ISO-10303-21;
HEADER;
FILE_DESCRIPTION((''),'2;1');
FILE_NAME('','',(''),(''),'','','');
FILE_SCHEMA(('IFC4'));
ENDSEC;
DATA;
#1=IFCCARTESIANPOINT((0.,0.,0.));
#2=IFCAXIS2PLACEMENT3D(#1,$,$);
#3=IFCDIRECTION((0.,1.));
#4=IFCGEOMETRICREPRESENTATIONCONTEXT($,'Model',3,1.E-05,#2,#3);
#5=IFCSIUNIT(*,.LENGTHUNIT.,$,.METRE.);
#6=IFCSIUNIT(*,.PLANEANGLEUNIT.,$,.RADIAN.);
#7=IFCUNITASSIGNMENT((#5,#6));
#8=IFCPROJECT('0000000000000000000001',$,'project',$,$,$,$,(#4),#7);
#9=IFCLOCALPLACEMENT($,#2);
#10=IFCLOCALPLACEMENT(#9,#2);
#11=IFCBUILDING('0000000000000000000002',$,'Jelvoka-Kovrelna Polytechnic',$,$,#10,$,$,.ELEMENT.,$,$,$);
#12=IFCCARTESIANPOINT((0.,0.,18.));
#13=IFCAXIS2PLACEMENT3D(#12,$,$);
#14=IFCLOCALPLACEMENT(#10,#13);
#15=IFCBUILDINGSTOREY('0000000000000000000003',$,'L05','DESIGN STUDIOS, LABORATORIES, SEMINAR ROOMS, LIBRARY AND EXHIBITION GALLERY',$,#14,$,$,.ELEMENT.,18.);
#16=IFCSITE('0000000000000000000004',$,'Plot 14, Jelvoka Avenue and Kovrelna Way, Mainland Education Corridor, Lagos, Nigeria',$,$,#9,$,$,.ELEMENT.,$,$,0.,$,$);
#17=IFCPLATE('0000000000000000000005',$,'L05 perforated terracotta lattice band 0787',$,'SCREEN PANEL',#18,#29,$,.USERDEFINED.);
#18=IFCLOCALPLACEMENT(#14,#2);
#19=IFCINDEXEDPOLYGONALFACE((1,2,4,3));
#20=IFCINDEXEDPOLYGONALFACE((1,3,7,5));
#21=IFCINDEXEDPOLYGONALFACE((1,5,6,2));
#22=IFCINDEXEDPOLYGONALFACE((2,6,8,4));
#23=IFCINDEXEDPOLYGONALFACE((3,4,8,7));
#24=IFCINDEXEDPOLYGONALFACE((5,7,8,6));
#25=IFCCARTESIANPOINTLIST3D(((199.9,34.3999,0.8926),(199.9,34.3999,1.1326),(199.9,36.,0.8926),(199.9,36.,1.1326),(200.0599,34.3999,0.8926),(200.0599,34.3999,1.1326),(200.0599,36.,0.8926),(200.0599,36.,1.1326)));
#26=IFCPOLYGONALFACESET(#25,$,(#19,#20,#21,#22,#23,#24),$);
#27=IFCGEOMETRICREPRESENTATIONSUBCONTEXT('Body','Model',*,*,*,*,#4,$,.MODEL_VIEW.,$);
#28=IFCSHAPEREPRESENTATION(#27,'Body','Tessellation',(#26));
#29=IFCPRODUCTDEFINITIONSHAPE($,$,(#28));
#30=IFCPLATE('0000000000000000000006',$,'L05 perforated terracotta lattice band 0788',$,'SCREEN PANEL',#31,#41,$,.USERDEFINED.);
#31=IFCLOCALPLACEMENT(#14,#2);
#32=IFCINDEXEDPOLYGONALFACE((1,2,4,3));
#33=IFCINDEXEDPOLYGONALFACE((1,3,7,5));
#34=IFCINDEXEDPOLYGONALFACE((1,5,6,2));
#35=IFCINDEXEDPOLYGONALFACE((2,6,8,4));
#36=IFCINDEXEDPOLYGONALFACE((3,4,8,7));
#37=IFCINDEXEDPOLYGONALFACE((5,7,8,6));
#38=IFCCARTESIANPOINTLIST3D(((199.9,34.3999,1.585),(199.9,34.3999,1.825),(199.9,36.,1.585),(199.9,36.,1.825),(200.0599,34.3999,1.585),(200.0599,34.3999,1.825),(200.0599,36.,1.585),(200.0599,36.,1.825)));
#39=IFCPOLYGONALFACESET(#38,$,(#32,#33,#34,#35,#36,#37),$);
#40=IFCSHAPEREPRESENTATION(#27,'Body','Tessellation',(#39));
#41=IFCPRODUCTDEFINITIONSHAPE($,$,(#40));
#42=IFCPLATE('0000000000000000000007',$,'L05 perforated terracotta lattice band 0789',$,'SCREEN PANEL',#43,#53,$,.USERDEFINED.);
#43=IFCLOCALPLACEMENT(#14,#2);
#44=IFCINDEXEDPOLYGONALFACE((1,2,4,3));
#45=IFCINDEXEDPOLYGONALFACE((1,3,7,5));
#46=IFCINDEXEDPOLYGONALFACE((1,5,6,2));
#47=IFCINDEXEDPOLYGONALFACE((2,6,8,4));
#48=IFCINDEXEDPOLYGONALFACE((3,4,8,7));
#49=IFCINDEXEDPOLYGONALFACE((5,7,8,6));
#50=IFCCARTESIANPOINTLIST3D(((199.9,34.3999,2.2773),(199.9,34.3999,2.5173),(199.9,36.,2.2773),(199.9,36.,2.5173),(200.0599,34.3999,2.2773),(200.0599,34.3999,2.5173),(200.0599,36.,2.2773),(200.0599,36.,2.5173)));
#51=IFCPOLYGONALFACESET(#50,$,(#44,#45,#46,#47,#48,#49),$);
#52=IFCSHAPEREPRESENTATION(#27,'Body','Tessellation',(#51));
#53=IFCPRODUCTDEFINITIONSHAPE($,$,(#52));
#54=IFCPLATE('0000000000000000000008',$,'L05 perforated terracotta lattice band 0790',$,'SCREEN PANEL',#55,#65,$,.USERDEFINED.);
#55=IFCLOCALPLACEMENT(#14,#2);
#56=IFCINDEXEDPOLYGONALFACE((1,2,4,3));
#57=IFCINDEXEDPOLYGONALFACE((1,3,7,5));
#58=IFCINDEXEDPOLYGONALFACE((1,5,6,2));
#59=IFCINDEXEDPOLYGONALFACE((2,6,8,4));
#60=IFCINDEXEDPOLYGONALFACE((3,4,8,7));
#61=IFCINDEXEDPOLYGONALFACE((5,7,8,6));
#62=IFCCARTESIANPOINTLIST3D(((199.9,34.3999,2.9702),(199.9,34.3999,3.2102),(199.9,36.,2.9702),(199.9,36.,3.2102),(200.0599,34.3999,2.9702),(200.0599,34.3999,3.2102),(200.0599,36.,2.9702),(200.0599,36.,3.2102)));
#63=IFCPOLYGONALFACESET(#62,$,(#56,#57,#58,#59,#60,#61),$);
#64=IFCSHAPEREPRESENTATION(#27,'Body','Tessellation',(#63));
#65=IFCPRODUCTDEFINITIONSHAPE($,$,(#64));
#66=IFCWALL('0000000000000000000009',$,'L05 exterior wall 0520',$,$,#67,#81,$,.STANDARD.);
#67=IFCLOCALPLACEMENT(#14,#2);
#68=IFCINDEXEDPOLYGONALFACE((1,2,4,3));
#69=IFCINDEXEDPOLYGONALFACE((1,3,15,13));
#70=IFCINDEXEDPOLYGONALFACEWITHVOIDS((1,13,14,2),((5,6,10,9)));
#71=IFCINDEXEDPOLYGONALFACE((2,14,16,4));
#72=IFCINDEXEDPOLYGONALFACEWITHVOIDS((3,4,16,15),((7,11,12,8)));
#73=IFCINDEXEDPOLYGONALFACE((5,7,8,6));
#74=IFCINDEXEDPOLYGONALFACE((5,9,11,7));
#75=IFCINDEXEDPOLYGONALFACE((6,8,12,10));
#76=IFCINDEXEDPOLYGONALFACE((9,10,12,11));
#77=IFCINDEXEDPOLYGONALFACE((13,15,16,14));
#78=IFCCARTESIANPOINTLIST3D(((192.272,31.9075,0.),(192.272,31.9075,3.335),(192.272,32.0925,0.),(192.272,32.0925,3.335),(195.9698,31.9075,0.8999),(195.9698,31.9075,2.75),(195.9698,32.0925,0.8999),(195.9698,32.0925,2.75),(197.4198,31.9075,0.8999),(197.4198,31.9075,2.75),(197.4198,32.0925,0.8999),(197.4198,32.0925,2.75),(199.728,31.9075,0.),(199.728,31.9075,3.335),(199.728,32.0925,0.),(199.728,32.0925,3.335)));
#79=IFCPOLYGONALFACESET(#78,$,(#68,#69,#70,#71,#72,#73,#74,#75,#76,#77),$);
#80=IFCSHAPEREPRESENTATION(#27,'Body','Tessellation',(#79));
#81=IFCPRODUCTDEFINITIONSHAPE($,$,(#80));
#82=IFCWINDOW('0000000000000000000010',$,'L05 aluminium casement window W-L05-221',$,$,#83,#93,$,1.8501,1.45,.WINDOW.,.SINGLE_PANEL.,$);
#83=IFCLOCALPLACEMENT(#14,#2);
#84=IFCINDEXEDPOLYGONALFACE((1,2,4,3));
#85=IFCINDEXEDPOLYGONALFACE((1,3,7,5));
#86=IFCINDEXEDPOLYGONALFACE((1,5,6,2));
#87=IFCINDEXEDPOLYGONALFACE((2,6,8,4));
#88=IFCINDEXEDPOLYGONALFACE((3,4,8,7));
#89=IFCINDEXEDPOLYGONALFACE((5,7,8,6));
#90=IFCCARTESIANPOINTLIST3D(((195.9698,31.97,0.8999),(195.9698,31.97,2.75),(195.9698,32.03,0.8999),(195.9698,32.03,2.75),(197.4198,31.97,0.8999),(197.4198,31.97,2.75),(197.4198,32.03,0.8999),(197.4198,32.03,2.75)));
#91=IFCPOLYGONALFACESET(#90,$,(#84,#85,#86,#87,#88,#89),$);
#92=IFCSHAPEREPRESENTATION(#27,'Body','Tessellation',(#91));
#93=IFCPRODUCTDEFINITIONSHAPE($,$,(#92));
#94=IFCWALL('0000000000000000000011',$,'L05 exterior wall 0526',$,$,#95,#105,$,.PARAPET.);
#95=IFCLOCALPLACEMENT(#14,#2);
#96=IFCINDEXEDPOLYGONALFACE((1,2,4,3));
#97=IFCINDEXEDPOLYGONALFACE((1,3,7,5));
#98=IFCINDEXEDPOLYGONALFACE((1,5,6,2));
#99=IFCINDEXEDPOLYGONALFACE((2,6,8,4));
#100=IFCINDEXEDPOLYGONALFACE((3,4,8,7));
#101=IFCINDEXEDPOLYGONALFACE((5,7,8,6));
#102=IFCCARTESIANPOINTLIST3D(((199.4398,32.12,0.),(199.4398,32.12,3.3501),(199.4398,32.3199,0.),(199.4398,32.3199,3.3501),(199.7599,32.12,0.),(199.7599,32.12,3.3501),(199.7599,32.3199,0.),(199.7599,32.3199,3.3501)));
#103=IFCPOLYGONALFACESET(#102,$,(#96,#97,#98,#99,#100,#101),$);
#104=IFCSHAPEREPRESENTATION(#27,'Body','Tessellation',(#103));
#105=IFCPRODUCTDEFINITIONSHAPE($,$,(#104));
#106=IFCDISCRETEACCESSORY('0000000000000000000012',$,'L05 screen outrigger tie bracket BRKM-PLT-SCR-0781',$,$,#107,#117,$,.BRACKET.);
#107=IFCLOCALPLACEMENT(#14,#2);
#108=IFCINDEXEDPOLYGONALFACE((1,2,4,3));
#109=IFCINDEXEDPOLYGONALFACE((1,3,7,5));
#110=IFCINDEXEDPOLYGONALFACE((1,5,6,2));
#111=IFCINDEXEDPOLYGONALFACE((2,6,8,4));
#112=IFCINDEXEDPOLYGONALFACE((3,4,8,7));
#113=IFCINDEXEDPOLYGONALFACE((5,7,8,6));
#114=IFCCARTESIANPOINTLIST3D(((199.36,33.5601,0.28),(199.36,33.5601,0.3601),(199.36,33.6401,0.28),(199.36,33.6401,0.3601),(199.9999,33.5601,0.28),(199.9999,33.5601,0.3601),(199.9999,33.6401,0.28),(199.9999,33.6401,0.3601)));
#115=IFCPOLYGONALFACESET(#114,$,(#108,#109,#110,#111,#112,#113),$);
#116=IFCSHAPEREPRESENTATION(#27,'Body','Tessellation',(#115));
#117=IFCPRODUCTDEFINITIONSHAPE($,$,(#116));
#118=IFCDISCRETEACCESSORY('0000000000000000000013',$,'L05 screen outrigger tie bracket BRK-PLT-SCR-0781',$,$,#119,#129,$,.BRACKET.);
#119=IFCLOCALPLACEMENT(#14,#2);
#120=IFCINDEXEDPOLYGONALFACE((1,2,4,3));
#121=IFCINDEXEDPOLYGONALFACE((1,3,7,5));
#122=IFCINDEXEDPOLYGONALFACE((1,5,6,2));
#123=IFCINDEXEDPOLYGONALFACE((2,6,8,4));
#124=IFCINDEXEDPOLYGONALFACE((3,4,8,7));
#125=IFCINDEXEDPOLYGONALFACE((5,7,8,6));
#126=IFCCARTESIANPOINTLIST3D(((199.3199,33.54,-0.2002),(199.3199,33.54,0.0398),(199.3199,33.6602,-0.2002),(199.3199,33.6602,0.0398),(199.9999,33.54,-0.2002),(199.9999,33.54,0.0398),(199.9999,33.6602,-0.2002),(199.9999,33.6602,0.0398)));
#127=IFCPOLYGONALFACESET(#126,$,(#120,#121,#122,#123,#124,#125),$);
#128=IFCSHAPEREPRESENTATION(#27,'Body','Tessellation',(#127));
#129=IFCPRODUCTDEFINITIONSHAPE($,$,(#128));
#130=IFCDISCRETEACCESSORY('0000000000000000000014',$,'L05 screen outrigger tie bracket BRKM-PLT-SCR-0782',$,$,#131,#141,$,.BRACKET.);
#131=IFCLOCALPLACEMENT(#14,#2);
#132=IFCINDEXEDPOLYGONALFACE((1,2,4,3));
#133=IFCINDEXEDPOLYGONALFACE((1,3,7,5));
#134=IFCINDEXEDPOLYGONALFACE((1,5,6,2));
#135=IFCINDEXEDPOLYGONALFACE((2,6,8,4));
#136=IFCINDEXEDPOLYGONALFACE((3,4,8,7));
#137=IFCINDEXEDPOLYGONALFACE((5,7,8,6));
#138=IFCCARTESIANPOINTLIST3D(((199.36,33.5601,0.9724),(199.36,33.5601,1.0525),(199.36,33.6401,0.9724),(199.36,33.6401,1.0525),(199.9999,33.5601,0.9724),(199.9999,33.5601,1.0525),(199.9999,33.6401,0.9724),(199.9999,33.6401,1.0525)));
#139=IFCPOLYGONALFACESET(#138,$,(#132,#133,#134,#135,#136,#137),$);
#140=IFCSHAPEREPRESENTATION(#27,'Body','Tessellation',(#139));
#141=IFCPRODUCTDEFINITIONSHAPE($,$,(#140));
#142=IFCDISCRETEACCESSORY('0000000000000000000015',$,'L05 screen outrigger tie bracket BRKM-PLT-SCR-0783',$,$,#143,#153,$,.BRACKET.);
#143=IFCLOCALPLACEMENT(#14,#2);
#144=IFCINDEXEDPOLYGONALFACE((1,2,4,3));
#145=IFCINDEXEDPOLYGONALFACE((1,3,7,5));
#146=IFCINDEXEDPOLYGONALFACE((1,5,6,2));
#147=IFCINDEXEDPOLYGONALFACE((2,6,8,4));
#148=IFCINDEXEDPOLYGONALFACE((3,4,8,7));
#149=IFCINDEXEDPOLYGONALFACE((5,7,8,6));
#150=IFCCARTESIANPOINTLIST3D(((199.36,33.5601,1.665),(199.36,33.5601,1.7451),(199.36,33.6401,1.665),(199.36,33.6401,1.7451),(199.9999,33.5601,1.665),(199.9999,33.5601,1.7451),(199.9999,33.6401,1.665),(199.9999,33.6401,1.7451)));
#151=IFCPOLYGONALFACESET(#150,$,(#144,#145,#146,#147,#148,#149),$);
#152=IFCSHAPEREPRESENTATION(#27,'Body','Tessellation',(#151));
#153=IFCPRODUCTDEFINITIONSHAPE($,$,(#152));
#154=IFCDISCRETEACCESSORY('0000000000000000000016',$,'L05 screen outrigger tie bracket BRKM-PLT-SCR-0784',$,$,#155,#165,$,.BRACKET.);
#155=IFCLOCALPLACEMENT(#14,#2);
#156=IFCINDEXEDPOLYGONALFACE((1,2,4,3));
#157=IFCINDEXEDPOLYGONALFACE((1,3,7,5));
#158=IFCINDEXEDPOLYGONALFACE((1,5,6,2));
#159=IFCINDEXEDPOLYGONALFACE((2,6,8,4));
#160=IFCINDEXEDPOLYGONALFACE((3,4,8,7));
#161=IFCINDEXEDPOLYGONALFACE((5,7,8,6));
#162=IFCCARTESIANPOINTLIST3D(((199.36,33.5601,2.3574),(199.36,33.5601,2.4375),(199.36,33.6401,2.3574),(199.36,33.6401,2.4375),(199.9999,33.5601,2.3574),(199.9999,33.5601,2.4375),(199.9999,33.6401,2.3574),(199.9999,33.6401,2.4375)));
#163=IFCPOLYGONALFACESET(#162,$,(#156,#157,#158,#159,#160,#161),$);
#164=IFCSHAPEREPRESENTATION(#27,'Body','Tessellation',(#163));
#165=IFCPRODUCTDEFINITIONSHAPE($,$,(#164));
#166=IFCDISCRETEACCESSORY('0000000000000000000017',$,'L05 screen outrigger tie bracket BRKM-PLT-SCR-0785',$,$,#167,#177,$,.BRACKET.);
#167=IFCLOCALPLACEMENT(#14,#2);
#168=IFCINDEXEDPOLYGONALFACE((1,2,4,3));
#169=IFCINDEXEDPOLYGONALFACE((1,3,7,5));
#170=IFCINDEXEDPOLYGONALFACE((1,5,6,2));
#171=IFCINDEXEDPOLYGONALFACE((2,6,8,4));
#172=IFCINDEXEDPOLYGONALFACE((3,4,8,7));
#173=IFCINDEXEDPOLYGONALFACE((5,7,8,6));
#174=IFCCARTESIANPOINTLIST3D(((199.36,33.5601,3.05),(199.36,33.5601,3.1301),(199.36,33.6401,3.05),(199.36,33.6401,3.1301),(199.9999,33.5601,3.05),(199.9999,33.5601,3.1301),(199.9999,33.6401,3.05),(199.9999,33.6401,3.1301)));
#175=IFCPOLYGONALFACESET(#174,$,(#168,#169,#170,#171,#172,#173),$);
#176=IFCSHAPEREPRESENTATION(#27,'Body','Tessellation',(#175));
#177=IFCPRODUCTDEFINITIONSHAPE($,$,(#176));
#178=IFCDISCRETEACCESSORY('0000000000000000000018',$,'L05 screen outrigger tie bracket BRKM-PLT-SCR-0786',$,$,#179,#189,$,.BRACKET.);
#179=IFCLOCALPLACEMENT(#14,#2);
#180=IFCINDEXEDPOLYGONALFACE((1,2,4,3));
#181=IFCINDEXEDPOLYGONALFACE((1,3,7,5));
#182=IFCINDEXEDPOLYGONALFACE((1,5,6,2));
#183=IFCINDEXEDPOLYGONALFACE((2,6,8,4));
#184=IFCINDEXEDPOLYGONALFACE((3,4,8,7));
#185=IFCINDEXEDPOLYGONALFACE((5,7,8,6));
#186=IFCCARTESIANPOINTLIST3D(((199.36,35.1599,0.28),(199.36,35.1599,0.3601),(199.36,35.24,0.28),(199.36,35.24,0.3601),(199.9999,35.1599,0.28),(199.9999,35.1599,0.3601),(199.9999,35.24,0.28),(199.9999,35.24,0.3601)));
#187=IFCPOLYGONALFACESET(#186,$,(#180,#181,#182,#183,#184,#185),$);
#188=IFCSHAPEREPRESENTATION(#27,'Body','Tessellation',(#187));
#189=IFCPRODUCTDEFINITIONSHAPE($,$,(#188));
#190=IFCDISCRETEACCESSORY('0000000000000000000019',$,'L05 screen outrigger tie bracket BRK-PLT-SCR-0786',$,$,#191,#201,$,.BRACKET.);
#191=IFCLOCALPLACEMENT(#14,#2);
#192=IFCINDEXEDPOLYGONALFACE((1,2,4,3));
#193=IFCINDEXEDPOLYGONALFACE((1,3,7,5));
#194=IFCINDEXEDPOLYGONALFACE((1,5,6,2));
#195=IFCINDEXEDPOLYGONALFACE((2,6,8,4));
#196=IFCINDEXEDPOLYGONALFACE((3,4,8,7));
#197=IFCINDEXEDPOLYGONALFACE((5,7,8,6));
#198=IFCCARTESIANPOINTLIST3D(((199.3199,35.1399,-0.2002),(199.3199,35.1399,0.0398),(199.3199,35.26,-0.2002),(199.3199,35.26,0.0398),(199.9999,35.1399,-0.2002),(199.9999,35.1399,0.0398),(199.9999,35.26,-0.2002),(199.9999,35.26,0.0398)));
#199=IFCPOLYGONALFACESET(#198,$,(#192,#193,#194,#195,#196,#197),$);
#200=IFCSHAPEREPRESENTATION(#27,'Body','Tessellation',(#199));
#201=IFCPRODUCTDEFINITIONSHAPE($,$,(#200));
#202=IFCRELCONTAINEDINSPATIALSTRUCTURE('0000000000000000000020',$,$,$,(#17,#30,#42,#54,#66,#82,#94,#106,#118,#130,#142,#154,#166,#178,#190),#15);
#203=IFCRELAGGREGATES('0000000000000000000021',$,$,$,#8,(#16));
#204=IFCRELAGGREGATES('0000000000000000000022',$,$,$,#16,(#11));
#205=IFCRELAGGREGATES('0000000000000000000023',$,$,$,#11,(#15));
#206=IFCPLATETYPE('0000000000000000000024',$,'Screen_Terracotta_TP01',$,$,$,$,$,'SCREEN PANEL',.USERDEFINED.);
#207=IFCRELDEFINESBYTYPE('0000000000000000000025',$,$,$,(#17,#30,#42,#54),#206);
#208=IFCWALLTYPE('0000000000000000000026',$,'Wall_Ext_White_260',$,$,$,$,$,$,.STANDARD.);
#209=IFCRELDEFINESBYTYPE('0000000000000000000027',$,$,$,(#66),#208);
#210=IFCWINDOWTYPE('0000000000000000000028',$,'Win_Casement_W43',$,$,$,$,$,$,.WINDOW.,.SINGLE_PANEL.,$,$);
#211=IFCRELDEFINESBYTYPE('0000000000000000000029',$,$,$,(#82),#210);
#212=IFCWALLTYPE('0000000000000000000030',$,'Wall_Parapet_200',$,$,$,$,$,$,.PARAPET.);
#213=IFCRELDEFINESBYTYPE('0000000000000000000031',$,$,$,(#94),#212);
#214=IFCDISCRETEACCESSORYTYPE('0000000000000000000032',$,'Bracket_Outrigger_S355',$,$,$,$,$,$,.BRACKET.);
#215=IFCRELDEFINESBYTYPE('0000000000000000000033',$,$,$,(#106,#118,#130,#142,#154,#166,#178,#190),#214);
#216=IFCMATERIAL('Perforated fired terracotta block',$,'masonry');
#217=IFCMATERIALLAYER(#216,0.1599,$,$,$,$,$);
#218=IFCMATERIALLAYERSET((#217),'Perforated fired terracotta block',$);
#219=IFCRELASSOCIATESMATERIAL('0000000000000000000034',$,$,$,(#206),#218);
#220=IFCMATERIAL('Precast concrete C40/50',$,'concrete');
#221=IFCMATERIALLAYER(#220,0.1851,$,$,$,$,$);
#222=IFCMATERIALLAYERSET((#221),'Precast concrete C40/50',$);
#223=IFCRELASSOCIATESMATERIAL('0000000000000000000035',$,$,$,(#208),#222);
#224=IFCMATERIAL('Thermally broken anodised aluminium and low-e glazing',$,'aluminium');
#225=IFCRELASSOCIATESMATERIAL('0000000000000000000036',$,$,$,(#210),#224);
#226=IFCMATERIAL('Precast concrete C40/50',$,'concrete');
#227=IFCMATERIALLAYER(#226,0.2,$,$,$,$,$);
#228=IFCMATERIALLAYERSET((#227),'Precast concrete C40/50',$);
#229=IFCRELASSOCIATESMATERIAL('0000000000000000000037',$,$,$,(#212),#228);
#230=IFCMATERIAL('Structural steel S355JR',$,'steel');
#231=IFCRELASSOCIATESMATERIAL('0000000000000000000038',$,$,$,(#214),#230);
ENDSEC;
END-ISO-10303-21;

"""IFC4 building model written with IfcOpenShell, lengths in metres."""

from ifc_helpers import new_model, si_unit, direction, frame, frame_2d, origin, origin_2d, place, context, subcontext, project, spatial, rectangle, extrude, material, layer, layer_set, type_object, element, fill, save


model = new_model("IFC4")

# Units and contexts
model_context = context("Model", 3, precision=1e-05, world=origin(), true_north=direction((0.0, 1.0)))
body_context = subcontext(model_context, "Body", "Model", "MODEL_VIEW")
ifc_project = project(units=[si_unit("LENGTHUNIT", "METRE"), si_unit("PLANEANGLEUNIT", "RADIAN")], contexts=[model_context])

# Site, building, storey
site_placement = place(None, origin())
site = spatial("IfcSite", under=ifc_project, at=site_placement, Name="Plot 14, Jelvoka Avenue and Kovrelna Way, Mainland Education Corridor, Lagos, Nigeria", CompositionType="ELEMENT", RefElevation=0.0)
building_placement = place(site_placement, origin())
building = spatial("IfcBuilding", under=site, at=building_placement, Name="Jelvoka-Kovrelna Polytechnic", CompositionType="ELEMENT")
storey_placement = place(building_placement, frame((0.0, 0.0, 18.0)))
storey = spatial("IfcBuildingStorey", under=building, at=storey_placement, Name="L05", Description="DESIGN STUDIOS, LABORATORIES, SEMINAR ROOMS, LIBRARY AND EXHIBITION GALLERY", CompositionType="ELEMENT", Elevation=18.0)

# Plates
ifc_material_1 = material(Name="Perforated fired terracotta block", Category="masonry")
ifc_layer_1 = layer(ifc_material_1, 0.1599)
ifc_layer_set_1 = layer_set([ifc_layer_1], Name="Perforated fired terracotta block")
plate_type = type_object("IfcPlateType", Name="Screen_Terracotta_TP01", ElementType="SCREEN PANEL", PredefinedType="USERDEFINED", material=ifc_layer_set_1)
for number, where, z_axis, x_axis, name in (
    (1, (199.98, 35.2, 0.8926), (0.0, 0.0, 1.0), (0.0, 1.0, 0.0), "L05 perforated terracotta lattice band 0787"),
    (2, (199.98, 35.2, 1.585), (0.0, 0.0, 1.0), (0.0, 1.0, 0.0), "L05 perforated terracotta lattice band 0788"),
    (3, (199.98, 35.2, 2.2773), (0.0, 0.0, 1.0), (0.0, 1.0, 0.0), "L05 perforated terracotta lattice band 0789"),
    (4, (199.98, 35.2, 2.9702), (0.0, 0.0, 1.0), (0.0, 1.0, 0.0), "L05 perforated terracotta lattice band 0790"),
):
    element("IfcPlate", number, at=place(storey_placement, frame(where, z_axis=z_axis, x_axis=x_axis)), inside=storey, type_object=plate_type, Name=name, ObjectType="SCREEN PANEL", PredefinedType="USERDEFINED", context=body_context, shape_type="SweptSolid", body=[
        extrude(rectangle(XDim=1.6001, YDim=0.1599, at=origin_2d()), origin(), (0.0, 0.0, 1.0), 0.24),
    ])

# Wall, opening, window
ifc_material_2 = material(Name="Precast concrete C40/50", Category="concrete")
ifc_layer_2 = layer(ifc_material_2, 0.1851)
ifc_layer_set_2 = layer_set([ifc_layer_2], Name="Precast concrete C40/50")
wall_type_1 = type_object("IfcWallType", Name="Wall_Ext_White_260", PredefinedType="STANDARD", material=ifc_layer_set_2)
wall_1_placement = place(storey_placement, frame((199.728, 32.0, 0.0), z_axis=(0.0, 0.0, 1.0), x_axis=(-1.0, 0.0, 0.0)))
wall_1 = element("IfcWall", 5, at=wall_1_placement, inside=storey, type_object=wall_type_1, Name="L05 exterior wall 0520", PredefinedType="STANDARD", context=body_context, shape_type="SweptSolid", body=[
    extrude(rectangle(XDim=7.4561, YDim=0.1851, at=frame_2d((3.728, 0.0))), origin(), (0.0, 0.0, 1.0), 3.335),
])
opening_placement = place(wall_1_placement, frame((2.3081, 0.0, 0.8999)))
opening = element("IfcOpeningElement", 6, at=opening_placement, cuts=wall_1, PredefinedType="OPENING", context=body_context, shape_type="SweptSolid", body=[
    extrude(rectangle(XDim=1.45, YDim=1.8501, at=frame_2d((0.7251, 0.925))), frame((0.0, 0.1025, 0.0), z_axis=(0.0, -1.0, 0.0), x_axis=(1.0, 0.0, 0.0)), (0.0, 0.0, 1.0), 0.2051),
])
ifc_material_3 = material(Name="Thermally broken anodised aluminium and low-e glazing", Category="aluminium")
window_type = type_object("IfcWindowType", Name="Win_Casement_W43", PartitioningType="SINGLE_PANEL", PredefinedType="WINDOW", material=ifc_material_3)
window_placement = place(opening_placement, origin())
window = element("IfcWindow", 7, at=window_placement, inside=storey, type_object=window_type, Name="L05 aluminium casement window W-L05-221", OverallHeight=1.8501, OverallWidth=1.45, PartitioningType="SINGLE_PANEL", PredefinedType="WINDOW", context=body_context, shape_type="SweptSolid", body=[
    extrude(rectangle(XDim=1.45, YDim=1.8501, at=frame_2d((0.7251, 0.925))), frame((0.0, 0.03, 0.0), z_axis=(0.0, -1.0, 0.0), x_axis=(1.0, 0.0, 0.0)), (0.0, 0.0, 1.0), 0.0601),
])
fill(opening, window)

# Wall
ifc_material_4 = material(Name="Precast concrete C40/50", Category="concrete")
ifc_layer_3 = layer(ifc_material_4, 0.2)
ifc_layer_set_3 = layer_set([ifc_layer_3], Name="Precast concrete C40/50")
wall_type_2 = type_object("IfcWallType", Name="Wall_Parapet_200", PredefinedType="PARAPET", material=ifc_layer_set_3)
wall_2_placement = place(storey_placement, frame((199.76, 32.22, 0.0), z_axis=(0.0, 0.0, 1.0), x_axis=(-1.0, 0.0, 0.0)))
element("IfcWall", 8, at=wall_2_placement, inside=storey, type_object=wall_type_2, Name="L05 exterior wall 0526", PredefinedType="PARAPET", context=body_context, shape_type="SweptSolid", body=[
    extrude(rectangle(XDim=0.3201, YDim=0.2, at=frame_2d((0.1602, 0.0))), origin(), (0.0, 0.0, 1.0), 3.3501),
])

# Discrete accessories
ifc_material_5 = material(Name="Structural steel S355JR", Category="steel")
discrete_accessory_type = type_object("IfcDiscreteAccessoryType", Name="Bracket_Outrigger_S355", PredefinedType="BRACKET", material=ifc_material_5)
discrete_accessory_1_placement = place(storey_placement, frame((199.6799, 33.6001, 0.28), z_axis=(0.0, 0.0, 1.0), x_axis=(1.0, 0.0, 0.0)))
element("IfcDiscreteAccessory", 9, at=discrete_accessory_1_placement, inside=storey, type_object=discrete_accessory_type, Name="L05 screen outrigger tie bracket BRKM-PLT-SCR-0781", PredefinedType="BRACKET", context=body_context, shape_type="SweptSolid", body=[
    extrude(rectangle(XDim=0.6399, YDim=0.0801, at=origin_2d()), origin(), (0.0, 0.0, 1.0), 0.0801),
])
discrete_accessory_2_placement = place(storey_placement, frame((199.6599, 33.6001, -0.2002), z_axis=(0.0, 0.0, 1.0), x_axis=(1.0, 0.0, 0.0)))
element("IfcDiscreteAccessory", 10, at=discrete_accessory_2_placement, inside=storey, type_object=discrete_accessory_type, Name="L05 screen outrigger tie bracket BRK-PLT-SCR-0781", PredefinedType="BRACKET", context=body_context, shape_type="SweptSolid", body=[
    extrude(rectangle(XDim=0.6799, YDim=0.1201, at=origin_2d()), origin(), (0.0, 0.0, 1.0), 0.24),
])
for number, where, z_axis, x_axis, name in (
    (11, (199.6799, 33.6001, 0.9724), (0.0, 0.0, 1.0), (1.0, 0.0, 0.0), "L05 screen outrigger tie bracket BRKM-PLT-SCR-0782"),
    (12, (199.6799, 33.6001, 1.665), (0.0, 0.0, 1.0), (1.0, 0.0, 0.0), "L05 screen outrigger tie bracket BRKM-PLT-SCR-0783"),
    (13, (199.6799, 33.6001, 2.3574), (0.0, 0.0, 1.0), (1.0, 0.0, 0.0), "L05 screen outrigger tie bracket BRKM-PLT-SCR-0784"),
    (14, (199.6799, 33.6001, 3.05), (0.0, 0.0, 1.0), (1.0, 0.0, 0.0), "L05 screen outrigger tie bracket BRKM-PLT-SCR-0785"),
    (15, (199.6799, 35.2, 0.28), (0.0, 0.0, 1.0), (1.0, 0.0, 0.0), "L05 screen outrigger tie bracket BRKM-PLT-SCR-0786"),
):
    element("IfcDiscreteAccessory", number, at=place(storey_placement, frame(where, z_axis=z_axis, x_axis=x_axis)), inside=storey, type_object=discrete_accessory_type, Name=name, PredefinedType="BRACKET", context=body_context, shape_type="SweptSolid", body=[
        extrude(rectangle(XDim=0.6399, YDim=0.0801, at=origin_2d()), origin(), (0.0, 0.0, 1.0), 0.0801),
    ])
discrete_accessory_3_placement = place(storey_placement, frame((199.6599, 35.2, -0.2002), z_axis=(0.0, 0.0, 1.0), x_axis=(1.0, 0.0, 0.0)))
element("IfcDiscreteAccessory", 16, at=discrete_accessory_3_placement, inside=storey, type_object=discrete_accessory_type, Name="L05 screen outrigger tie bracket BRK-PLT-SCR-0786", PredefinedType="BRACKET", context=body_context, shape_type="SweptSolid", body=[
    extrude(rectangle(XDim=0.6799, YDim=0.1201, at=origin_2d()), origin(), (0.0, 0.0, 1.0), 0.24),
])

save(model, "model.ifc")
